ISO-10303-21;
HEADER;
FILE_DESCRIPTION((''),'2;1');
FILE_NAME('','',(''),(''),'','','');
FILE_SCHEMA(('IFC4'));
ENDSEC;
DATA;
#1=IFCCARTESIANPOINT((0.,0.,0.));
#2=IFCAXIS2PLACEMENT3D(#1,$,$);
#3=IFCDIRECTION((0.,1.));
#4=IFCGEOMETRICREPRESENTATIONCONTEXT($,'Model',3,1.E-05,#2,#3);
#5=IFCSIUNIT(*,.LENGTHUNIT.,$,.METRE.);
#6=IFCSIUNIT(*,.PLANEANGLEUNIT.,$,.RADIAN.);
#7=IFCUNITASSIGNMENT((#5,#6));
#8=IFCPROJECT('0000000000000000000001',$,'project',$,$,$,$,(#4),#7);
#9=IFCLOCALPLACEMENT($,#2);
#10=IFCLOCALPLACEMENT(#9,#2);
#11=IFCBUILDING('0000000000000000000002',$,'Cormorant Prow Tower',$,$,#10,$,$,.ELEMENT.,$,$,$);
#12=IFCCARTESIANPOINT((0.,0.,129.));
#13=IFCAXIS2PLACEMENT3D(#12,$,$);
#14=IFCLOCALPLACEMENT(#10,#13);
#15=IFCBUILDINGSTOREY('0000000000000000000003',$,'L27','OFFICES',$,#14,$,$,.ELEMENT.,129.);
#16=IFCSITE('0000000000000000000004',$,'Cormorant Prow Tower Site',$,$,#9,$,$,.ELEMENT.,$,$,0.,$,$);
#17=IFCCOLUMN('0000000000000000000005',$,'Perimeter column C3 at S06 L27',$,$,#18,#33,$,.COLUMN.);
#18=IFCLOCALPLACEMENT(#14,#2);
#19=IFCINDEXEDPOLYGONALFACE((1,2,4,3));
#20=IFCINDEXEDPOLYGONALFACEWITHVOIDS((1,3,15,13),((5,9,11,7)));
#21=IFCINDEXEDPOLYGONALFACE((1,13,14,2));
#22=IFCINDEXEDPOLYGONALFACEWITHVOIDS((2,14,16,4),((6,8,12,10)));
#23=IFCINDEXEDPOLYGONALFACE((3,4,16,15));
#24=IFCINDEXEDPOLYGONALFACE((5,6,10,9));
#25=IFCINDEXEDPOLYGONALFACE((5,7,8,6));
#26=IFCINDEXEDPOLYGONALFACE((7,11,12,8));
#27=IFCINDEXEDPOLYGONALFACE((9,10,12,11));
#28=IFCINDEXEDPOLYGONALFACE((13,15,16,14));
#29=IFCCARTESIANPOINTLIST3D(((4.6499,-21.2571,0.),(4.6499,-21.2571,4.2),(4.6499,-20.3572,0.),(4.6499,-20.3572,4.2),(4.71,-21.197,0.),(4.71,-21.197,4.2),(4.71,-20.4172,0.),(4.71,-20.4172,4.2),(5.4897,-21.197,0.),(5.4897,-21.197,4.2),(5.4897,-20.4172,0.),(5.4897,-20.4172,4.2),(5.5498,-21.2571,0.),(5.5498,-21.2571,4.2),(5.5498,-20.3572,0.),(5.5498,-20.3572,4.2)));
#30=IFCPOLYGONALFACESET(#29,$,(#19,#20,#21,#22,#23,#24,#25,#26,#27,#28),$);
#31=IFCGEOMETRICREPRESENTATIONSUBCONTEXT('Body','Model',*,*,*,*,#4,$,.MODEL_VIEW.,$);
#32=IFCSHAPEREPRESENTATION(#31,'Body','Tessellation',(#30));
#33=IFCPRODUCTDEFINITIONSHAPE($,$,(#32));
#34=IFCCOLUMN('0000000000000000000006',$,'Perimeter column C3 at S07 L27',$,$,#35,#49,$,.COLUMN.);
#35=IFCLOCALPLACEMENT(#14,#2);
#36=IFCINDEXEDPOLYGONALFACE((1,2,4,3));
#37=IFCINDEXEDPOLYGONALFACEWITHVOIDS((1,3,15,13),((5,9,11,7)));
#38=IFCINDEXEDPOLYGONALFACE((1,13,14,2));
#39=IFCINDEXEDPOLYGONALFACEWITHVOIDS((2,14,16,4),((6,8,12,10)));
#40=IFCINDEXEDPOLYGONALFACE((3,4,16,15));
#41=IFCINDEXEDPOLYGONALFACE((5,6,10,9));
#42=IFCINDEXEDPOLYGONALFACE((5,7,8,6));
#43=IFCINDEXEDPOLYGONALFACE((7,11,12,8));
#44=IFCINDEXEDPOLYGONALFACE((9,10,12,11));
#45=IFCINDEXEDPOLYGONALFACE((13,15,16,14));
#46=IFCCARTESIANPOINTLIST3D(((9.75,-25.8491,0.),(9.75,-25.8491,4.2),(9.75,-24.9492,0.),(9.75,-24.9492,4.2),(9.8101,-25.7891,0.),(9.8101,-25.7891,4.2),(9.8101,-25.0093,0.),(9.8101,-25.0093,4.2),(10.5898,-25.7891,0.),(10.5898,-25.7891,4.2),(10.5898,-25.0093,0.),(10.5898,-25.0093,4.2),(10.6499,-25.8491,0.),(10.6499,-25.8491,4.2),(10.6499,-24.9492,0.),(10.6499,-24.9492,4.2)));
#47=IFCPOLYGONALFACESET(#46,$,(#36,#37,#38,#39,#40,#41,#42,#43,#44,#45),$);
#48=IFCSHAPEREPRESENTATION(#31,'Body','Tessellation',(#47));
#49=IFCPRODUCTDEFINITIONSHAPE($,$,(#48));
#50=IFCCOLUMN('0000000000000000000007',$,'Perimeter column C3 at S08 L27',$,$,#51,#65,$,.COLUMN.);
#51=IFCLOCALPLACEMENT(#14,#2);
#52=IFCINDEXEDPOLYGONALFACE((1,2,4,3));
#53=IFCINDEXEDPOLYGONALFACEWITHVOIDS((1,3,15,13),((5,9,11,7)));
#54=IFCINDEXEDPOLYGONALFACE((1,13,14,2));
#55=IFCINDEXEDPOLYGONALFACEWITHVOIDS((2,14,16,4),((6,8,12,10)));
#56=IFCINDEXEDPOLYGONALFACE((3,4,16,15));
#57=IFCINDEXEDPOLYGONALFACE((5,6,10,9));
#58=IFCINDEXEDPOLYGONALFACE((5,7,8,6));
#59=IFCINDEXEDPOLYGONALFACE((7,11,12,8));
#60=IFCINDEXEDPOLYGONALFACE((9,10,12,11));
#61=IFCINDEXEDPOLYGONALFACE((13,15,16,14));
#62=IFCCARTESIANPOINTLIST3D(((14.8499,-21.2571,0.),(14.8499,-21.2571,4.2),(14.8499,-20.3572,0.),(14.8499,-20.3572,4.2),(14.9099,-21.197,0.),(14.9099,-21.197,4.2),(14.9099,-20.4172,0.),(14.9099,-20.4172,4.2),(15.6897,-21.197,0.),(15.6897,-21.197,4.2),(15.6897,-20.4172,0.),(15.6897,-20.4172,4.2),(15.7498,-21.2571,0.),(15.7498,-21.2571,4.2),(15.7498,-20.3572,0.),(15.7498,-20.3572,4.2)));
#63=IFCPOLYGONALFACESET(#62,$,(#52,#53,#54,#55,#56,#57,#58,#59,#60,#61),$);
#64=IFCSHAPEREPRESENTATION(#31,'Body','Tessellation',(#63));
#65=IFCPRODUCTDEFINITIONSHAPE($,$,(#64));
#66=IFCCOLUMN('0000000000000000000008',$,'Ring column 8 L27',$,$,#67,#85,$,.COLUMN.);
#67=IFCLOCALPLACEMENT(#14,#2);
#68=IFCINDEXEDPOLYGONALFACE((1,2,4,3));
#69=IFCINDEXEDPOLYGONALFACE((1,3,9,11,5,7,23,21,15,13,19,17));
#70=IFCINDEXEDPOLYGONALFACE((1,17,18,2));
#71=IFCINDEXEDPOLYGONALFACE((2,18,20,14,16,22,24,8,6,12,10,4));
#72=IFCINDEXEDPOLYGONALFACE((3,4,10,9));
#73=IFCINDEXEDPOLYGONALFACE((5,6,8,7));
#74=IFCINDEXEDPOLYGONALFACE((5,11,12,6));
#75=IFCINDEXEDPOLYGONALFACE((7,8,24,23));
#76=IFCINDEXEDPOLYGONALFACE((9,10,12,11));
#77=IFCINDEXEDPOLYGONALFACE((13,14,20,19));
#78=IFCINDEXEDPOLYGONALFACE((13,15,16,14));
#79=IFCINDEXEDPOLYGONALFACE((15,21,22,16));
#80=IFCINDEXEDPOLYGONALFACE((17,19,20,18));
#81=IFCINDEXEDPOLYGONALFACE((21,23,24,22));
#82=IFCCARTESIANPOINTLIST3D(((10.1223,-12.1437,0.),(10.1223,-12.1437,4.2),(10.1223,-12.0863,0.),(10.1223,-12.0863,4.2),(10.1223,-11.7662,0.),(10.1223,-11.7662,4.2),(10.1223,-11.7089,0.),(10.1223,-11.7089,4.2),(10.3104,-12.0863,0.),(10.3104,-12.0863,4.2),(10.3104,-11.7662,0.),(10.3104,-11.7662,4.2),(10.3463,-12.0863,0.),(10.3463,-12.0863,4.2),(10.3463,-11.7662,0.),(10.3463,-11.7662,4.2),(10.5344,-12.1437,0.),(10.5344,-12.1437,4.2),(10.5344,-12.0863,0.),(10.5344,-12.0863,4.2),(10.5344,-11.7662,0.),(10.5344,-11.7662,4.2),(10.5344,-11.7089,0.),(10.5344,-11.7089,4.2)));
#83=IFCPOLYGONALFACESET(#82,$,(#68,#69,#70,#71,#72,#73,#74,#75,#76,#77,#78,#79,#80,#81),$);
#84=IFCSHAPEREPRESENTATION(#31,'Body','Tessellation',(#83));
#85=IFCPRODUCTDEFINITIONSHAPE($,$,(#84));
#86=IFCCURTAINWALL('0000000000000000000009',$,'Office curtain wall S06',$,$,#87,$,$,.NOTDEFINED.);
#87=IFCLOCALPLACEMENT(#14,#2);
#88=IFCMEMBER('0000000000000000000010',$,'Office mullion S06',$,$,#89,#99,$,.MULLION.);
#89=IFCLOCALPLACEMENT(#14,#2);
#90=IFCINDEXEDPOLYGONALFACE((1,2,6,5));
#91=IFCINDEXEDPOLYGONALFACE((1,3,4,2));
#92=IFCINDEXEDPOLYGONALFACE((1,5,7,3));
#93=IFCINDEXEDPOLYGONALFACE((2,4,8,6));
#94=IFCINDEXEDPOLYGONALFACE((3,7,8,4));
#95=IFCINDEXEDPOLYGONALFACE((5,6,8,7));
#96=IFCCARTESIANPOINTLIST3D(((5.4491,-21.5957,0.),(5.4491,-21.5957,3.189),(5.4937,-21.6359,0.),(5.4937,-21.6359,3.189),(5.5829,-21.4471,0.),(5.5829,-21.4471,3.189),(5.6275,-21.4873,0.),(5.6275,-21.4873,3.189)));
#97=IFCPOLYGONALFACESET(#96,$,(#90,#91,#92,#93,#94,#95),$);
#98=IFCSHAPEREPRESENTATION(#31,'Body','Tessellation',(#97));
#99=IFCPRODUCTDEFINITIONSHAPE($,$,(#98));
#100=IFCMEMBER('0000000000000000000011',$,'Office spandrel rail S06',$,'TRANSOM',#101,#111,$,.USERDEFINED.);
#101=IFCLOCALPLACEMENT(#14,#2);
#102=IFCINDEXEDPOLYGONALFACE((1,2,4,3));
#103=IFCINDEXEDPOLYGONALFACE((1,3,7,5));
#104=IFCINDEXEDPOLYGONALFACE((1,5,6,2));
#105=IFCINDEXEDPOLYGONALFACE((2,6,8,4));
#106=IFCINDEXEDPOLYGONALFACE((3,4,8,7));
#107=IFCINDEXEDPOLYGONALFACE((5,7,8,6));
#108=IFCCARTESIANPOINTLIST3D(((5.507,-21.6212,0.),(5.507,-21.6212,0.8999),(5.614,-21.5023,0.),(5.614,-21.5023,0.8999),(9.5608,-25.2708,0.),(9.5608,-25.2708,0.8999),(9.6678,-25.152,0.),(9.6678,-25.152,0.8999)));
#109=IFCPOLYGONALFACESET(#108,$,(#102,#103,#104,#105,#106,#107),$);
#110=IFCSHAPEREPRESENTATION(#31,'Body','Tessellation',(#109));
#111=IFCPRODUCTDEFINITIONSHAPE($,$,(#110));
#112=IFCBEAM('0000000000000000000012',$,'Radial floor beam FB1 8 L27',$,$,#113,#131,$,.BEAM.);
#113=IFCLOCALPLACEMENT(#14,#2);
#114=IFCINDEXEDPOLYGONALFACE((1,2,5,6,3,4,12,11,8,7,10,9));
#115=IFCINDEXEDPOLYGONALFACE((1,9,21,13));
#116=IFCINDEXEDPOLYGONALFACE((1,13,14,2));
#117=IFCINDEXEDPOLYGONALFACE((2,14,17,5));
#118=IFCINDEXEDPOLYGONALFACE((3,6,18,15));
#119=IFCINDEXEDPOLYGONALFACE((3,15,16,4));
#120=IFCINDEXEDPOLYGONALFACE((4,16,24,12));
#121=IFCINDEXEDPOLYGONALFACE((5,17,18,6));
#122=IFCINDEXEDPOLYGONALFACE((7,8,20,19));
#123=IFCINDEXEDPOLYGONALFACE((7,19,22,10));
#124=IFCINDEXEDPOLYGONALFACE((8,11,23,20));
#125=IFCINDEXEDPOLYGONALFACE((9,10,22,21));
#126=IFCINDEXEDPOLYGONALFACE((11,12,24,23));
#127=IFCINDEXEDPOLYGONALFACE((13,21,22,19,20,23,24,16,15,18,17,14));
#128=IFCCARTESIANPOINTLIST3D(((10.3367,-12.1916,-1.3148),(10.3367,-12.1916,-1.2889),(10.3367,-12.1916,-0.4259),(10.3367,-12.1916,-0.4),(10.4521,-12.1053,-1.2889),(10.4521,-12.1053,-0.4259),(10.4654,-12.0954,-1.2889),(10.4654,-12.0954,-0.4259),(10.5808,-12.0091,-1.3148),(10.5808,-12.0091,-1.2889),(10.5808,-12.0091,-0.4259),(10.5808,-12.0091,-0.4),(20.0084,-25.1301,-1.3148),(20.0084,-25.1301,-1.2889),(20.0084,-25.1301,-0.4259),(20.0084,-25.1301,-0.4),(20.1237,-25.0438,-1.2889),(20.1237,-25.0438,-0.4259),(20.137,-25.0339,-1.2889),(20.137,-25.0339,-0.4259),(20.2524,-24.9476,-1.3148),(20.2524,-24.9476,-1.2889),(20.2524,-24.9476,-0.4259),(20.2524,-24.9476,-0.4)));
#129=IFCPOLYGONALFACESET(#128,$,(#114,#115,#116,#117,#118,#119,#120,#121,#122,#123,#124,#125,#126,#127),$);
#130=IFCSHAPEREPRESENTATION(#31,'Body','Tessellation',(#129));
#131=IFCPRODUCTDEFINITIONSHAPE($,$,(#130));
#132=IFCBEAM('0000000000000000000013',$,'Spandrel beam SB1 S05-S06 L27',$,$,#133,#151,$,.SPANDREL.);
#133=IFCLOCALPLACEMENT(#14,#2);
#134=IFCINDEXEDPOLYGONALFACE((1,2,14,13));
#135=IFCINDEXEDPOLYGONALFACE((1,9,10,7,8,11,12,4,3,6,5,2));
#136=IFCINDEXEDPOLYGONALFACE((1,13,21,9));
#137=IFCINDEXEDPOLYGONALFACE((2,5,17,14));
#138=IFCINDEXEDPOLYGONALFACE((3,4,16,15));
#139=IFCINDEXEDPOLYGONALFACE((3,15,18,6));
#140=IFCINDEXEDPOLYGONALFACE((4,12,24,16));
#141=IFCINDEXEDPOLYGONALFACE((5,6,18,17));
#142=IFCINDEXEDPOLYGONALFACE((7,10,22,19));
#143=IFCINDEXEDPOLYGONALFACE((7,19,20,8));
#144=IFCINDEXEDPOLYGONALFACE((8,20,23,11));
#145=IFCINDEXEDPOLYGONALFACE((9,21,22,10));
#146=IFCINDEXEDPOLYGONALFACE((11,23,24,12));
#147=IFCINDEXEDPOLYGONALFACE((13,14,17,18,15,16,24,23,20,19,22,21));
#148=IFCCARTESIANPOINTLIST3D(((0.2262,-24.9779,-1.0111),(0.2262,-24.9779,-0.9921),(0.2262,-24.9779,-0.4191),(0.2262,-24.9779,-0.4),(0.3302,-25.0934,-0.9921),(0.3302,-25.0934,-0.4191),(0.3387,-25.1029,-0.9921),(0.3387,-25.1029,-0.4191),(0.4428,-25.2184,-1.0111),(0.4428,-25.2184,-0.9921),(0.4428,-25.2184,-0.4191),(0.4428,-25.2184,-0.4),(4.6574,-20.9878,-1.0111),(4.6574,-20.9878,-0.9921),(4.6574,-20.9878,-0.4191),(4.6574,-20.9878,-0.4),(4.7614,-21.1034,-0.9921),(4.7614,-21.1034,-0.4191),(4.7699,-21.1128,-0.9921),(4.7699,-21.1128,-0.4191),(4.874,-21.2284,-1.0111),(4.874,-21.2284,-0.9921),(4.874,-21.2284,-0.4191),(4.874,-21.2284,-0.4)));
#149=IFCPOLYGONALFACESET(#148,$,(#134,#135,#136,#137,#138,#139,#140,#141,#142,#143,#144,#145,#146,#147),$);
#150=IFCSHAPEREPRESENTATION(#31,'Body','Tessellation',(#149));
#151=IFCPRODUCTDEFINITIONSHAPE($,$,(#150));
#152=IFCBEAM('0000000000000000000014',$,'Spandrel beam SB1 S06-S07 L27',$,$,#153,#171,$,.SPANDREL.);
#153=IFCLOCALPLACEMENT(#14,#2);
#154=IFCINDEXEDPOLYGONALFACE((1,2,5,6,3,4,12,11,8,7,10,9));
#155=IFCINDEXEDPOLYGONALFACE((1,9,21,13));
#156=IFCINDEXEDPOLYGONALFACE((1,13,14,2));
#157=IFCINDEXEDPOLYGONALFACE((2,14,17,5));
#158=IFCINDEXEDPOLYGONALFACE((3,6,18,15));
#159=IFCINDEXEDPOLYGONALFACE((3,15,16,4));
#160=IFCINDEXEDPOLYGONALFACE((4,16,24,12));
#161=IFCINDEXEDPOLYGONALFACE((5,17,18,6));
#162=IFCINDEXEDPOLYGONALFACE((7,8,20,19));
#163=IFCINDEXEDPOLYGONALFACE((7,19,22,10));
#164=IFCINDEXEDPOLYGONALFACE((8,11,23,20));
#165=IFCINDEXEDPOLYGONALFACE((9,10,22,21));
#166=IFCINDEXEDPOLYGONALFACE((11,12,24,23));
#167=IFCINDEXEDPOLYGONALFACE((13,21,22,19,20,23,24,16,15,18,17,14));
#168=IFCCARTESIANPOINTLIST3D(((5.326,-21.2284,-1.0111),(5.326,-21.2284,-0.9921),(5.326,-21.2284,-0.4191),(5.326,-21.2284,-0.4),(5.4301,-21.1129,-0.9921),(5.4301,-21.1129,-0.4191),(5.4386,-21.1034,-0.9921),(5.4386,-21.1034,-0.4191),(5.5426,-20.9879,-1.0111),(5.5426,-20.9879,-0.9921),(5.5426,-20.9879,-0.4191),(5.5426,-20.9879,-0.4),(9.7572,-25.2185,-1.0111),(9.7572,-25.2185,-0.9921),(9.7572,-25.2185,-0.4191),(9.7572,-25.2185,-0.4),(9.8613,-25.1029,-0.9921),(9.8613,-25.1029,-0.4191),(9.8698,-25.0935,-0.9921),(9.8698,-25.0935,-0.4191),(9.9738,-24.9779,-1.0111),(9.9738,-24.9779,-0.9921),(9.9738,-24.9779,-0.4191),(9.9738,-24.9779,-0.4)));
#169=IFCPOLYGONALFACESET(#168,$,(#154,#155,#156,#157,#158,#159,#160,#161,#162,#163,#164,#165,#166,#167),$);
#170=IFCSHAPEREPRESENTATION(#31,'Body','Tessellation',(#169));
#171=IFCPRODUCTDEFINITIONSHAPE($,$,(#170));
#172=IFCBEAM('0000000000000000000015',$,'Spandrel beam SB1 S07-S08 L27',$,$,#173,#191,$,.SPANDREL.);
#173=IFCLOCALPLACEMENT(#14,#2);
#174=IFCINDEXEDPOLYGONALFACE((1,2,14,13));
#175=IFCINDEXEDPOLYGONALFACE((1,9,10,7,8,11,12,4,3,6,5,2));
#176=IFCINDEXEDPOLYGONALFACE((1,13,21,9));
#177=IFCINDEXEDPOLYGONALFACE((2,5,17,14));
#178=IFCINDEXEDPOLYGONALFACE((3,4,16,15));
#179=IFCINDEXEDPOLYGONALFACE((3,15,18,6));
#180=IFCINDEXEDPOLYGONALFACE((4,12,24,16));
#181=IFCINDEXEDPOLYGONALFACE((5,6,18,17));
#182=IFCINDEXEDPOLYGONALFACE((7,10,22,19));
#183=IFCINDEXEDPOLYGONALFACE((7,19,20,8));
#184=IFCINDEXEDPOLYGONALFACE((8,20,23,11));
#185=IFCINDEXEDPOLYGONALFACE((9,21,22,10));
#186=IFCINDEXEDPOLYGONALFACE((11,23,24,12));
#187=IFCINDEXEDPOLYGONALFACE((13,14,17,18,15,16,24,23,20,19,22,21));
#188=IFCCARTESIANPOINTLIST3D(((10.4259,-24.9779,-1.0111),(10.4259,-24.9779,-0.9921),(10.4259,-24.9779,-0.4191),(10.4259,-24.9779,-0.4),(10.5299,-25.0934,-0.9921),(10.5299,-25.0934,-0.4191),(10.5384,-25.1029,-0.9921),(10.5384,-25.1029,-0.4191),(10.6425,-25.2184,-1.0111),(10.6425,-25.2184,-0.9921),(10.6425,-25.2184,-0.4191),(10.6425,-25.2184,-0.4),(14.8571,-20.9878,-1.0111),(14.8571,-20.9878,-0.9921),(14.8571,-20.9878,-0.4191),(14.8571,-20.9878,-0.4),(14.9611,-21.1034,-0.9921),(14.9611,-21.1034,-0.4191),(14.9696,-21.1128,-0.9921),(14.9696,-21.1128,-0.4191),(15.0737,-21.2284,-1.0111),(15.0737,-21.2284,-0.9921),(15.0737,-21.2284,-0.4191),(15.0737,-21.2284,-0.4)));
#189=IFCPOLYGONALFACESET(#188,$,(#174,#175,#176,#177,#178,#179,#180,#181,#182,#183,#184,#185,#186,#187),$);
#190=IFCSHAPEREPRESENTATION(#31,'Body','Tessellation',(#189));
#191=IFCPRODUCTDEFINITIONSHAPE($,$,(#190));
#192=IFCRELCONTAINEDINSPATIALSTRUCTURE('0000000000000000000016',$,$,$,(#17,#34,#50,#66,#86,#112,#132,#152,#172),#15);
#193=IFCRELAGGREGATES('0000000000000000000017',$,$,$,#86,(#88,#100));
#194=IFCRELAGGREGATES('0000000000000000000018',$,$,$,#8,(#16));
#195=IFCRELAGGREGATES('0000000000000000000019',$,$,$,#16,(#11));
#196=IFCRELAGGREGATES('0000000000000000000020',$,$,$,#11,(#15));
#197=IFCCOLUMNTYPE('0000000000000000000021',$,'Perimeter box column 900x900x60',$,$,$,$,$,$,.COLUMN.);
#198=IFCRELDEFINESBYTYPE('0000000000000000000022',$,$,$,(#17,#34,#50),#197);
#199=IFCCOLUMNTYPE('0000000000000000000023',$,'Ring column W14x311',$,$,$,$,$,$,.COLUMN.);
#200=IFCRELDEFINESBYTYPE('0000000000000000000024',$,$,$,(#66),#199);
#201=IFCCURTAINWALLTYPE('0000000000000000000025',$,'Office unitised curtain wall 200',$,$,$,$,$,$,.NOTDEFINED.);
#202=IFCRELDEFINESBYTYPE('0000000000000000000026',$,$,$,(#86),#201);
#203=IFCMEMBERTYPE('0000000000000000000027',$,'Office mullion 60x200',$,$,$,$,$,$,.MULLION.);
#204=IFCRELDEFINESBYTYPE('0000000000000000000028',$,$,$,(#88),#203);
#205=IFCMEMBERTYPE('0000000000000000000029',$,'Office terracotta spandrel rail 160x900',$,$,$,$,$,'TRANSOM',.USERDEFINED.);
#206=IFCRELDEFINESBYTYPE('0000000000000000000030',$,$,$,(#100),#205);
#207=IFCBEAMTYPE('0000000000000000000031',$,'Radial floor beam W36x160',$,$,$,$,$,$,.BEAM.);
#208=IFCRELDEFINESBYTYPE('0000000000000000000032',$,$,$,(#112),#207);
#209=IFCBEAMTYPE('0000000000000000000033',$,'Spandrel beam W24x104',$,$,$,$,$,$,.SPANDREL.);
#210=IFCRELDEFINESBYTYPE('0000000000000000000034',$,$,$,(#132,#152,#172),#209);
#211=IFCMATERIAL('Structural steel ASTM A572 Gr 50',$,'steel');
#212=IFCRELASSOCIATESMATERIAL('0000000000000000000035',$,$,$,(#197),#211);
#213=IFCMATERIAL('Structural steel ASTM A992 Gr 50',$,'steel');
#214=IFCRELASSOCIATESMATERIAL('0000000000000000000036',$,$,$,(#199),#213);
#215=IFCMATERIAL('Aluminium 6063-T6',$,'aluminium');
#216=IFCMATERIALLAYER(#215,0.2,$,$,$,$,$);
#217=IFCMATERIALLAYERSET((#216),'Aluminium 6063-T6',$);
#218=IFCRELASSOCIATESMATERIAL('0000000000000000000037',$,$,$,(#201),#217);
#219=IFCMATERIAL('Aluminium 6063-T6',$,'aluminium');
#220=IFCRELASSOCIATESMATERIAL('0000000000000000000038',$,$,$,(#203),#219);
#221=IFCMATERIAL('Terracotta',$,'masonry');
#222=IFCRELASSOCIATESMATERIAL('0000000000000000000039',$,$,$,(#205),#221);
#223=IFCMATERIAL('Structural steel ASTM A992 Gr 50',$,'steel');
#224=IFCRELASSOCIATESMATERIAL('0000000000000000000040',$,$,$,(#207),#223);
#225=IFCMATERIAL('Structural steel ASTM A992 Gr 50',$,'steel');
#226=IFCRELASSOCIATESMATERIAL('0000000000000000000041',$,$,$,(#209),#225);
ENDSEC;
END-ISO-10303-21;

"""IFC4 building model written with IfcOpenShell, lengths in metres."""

from ifc_helpers import new_model, si_unit, direction, frame, origin, origin_2d, place, context, subcontext, project, spatial, rectangle, hollow_rectangle, i_section, extrude, material, layer, layer_set, material_profile, profile_set, type_object, element, aggregate, save


model = new_model("IFC4")

# Units and contexts
model_context = context("Model", 3, precision=1e-05, world=origin(), true_north=direction((0.0, 1.0)))
body_context = subcontext(model_context, "Body", "Model", "MODEL_VIEW")
ifc_project = project(units=[si_unit("LENGTHUNIT", "METRE"), si_unit("PLANEANGLEUNIT", "RADIAN")], contexts=[model_context])

# Site, building, storey
site_placement = place(None, origin())
site = spatial("IfcSite", under=ifc_project, at=site_placement, Name="Cormorant Prow Tower Site", CompositionType="ELEMENT", RefElevation=0.0)
building_placement = place(site_placement, origin())
building = spatial("IfcBuilding", under=site, at=building_placement, Name="Cormorant Prow Tower", CompositionType="ELEMENT")
storey_placement = place(building_placement, frame((0.0, 0.0, 129.0)))
storey = spatial("IfcBuildingStorey", under=building, at=storey_placement, Name="L27", Description="OFFICES", CompositionType="ELEMENT", Elevation=129.0)

# Columns
ifc_material_1 = material(Name="Structural steel ASTM A572 Gr 50", Category="steel")
ifc_material_profile_1 = material_profile(ifc_material_1, hollow_rectangle(XDim=0.8999, YDim=0.8999, WallThickness=0.0601, at=origin_2d()), Name="Box 900x900x60")
ifc_profile_set_1 = profile_set([ifc_material_profile_1], Name="Structural steel ASTM A572 Gr 50")
column_type_1 = type_object("IfcColumnType", Name="Perimeter box column 900x900x60", PredefinedType="COLUMN", material=ifc_profile_set_1)
for number, where, z_axis, x_axis, name in (
    (1, (5.0999, -20.8071, 0.0), (0.0, 0.0, 1.0), (1.0, 0.0, 0.0), "Perimeter column C3 at S06 L27"),
    (2, (10.2, -25.3992, 0.0), (0.0, 0.0, 1.0), (1.0, 0.0, 0.0), "Perimeter column C3 at S07 L27"),
    (3, (15.2998, -20.8071, 0.0), (0.0, 0.0, 1.0), (1.0, 0.0, 0.0), "Perimeter column C3 at S08 L27"),
):
    element("IfcColumn", number, at=place(storey_placement, frame(where, z_axis=z_axis, x_axis=x_axis)), inside=storey, type_object=column_type_1, Name=name, PredefinedType="COLUMN", context=body_context, shape_type="SweptSolid", body=[
        extrude(hollow_rectangle(XDim=0.8999, YDim=0.8999, WallThickness=0.0601, at=origin_2d()), origin(), (0.0, 0.0, 1.0), 4.2),
    ])
ifc_material_2 = material(Name="Structural steel ASTM A992 Gr 50", Category="steel")
ifc_material_profile_2 = material_profile(ifc_material_2, i_section(OverallWidth=0.4121, OverallDepth=0.4348, WebThickness=0.0359, FlangeThickness=0.0574, at=origin_2d()), Name="W14x311")
ifc_profile_set_2 = profile_set([ifc_material_profile_2], Name="Structural steel ASTM A992 Gr 50")
column_type_2 = type_object("IfcColumnType", Name="Ring column W14x311", PredefinedType="COLUMN", material=ifc_profile_set_2)
column_placement = place(storey_placement, frame((10.3284, -11.9263, 0.0), z_axis=(0.0, 0.0, 1.0), x_axis=(1.0, 0.0, 0.0)))
element("IfcColumn", 4, at=column_placement, inside=storey, type_object=column_type_2, Name="Ring column 8 L27", PredefinedType="COLUMN", context=body_context, shape_type="SweptSolid", body=[
    extrude(i_section(OverallWidth=0.4121, OverallDepth=0.4348, WebThickness=0.0359, FlangeThickness=0.0574, at=origin_2d()), origin(), (0.0, 0.0, 1.0), 4.2),
])

# Curtain wall, members
ifc_material_3 = material(Name="Aluminium 6063-T6", Category="aluminium")
ifc_layer_1 = layer(ifc_material_3, 0.2)
ifc_layer_set_1 = layer_set([ifc_layer_1], Name="Aluminium 6063-T6")
curtain_wall_type = type_object("IfcCurtainWallType", Name="Office unitised curtain wall 200", PredefinedType="NOTDEFINED", material=ifc_layer_set_1)
curtain_wall_placement = place(storey_placement, origin())
curtain_wall = element("IfcCurtainWall", 5, at=curtain_wall_placement, inside=storey, type_object=curtain_wall_type, Name="Office curtain wall S06", PredefinedType="NOTDEFINED")
ifc_material_4 = material(Name="Aluminium 6063-T6", Category="aluminium")
ifc_material_profile_3 = material_profile(ifc_material_4, rectangle(XDim=0.2, YDim=0.0601, at=origin_2d()), Name="Office mullion 60x200")
ifc_profile_set_3 = profile_set([ifc_material_profile_3], Name="Aluminium 6063-T6")
member_type_1 = type_object("IfcMemberType", Name="Office mullion 60x200", PredefinedType="MULLION", material=ifc_profile_set_3)
member_1_placement = place(storey_placement, frame((5.5383, -21.5415, 0.0), z_axis=(0.0, 0.0, 1.0), x_axis=(0.669131, 0.743145, 0.0)))
member_1 = element("IfcMember", 6, at=member_1_placement, type_object=member_type_1, Name="Office mullion S06", PredefinedType="MULLION", context=body_context, shape_type="SweptSolid", body=[
    extrude(rectangle(XDim=0.2, YDim=0.0601, at=origin_2d()), origin(), (0.0, 0.0, 1.0), 3.189),
])
ifc_material_5 = material(Name="Terracotta", Category="masonry")
ifc_material_profile_4 = material_profile(ifc_material_5, rectangle(XDim=0.1599, YDim=0.8999, at=origin_2d()), Name="Office terracotta spandrel rail 160x900")
ifc_profile_set_4 = profile_set([ifc_material_profile_4], Name="Terracotta")
member_type_2 = type_object("IfcMemberType", Name="Office terracotta spandrel rail 160x900", ElementType="TRANSOM", PredefinedType="USERDEFINED", material=ifc_profile_set_4)
member_2_placement = place(storey_placement, frame((5.5605, -21.5618, 0.45), z_axis=(0.743174, -0.669098, 0.0), x_axis=(0.669098, 0.743174, 0.0)))
member_2 = element("IfcMember", 7, at=member_2_placement, type_object=member_type_2, Name="Office spandrel rail S06", ObjectType="TRANSOM", PredefinedType="USERDEFINED", context=body_context, shape_type="SweptSolid", body=[
    extrude(rectangle(XDim=0.1599, YDim=0.8999, at=origin_2d()), origin(), (0.0, 0.0, 1.0), 5.4546),
])

# Beams
ifc_material_6 = material(Name="Structural steel ASTM A992 Gr 50", Category="steel")
ifc_material_profile_5 = material_profile(ifc_material_6, i_section(OverallWidth=0.3047, OverallDepth=0.9148, WebThickness=0.0166, FlangeThickness=0.0259, at=origin_2d()), Name="W36x160")
ifc_profile_set_5 = profile_set([ifc_material_profile_5], Name="Structural steel ASTM A992 Gr 50")
beam_type_1 = type_object("IfcBeamType", Name="Radial floor beam W36x160", PredefinedType="BEAM", material=ifc_profile_set_5)
beam_placement = place(storey_placement, frame((10.4587, -12.1003, -0.8574), z_axis=(0.598722, -0.800957, 0.0), x_axis=(0.800957, 0.598722, 0.0)))
element("IfcBeam", 8, at=beam_placement, inside=storey, type_object=beam_type_1, Name="Radial floor beam FB1 8 L27", PredefinedType="BEAM", context=body_context, shape_type="SweptSolid", body=[
    extrude(i_section(OverallWidth=0.3047, OverallDepth=0.9148, WebThickness=0.0166, FlangeThickness=0.0259, at=origin_2d()), origin(), (0.0, 0.0, 1.0), 16.1538),
])
ifc_material_7 = material(Name="Structural steel ASTM A992 Gr 50", Category="steel")
ifc_material_profile_6 = material_profile(ifc_material_7, i_section(OverallWidth=0.3237, OverallDepth=0.6111, WebThickness=0.0127, FlangeThickness=0.019, at=origin_2d()), Name="W24x104")
ifc_profile_set_6 = profile_set([ifc_material_profile_6], Name="Structural steel ASTM A992 Gr 50")
beam_type_2 = type_object("IfcBeamType", Name="Spandrel beam W24x104", PredefinedType="SPANDREL", material=ifc_profile_set_6)
for number, where, z_axis, x_axis, name in (
    (9, (0.3345, -25.0981, -0.7056), (0.743131, 0.669146, 0.0), (-0.669146, 0.743131, 0.0), "Spandrel beam SB1 S05-S06 L27"),
    (10, (5.4343, -21.1082, -0.7056), (0.743131, -0.669146, 0.0), (0.669146, 0.743131, 0.0), "Spandrel beam SB1 S06-S07 L27"),
    (11, (10.5342, -25.0981, -0.7056), (0.743131, 0.669146, 0.0), (-0.669146, 0.743131, 0.0), "Spandrel beam SB1 S07-S08 L27"),
):
    element("IfcBeam", number, at=place(storey_placement, frame(where, z_axis=z_axis, x_axis=x_axis)), inside=storey, type_object=beam_type_2, Name=name, PredefinedType="SPANDREL", context=body_context, shape_type="SweptSolid", body=[
        extrude(i_section(OverallWidth=0.3237, OverallDepth=0.6111, WebThickness=0.0127, FlangeThickness=0.019, at=origin_2d()), origin(), (0.0, 0.0, 1.0), 5.9629),
    ])

aggregate(curtain_wall, [member_1, member_2])

save(model, "model.ifc")
